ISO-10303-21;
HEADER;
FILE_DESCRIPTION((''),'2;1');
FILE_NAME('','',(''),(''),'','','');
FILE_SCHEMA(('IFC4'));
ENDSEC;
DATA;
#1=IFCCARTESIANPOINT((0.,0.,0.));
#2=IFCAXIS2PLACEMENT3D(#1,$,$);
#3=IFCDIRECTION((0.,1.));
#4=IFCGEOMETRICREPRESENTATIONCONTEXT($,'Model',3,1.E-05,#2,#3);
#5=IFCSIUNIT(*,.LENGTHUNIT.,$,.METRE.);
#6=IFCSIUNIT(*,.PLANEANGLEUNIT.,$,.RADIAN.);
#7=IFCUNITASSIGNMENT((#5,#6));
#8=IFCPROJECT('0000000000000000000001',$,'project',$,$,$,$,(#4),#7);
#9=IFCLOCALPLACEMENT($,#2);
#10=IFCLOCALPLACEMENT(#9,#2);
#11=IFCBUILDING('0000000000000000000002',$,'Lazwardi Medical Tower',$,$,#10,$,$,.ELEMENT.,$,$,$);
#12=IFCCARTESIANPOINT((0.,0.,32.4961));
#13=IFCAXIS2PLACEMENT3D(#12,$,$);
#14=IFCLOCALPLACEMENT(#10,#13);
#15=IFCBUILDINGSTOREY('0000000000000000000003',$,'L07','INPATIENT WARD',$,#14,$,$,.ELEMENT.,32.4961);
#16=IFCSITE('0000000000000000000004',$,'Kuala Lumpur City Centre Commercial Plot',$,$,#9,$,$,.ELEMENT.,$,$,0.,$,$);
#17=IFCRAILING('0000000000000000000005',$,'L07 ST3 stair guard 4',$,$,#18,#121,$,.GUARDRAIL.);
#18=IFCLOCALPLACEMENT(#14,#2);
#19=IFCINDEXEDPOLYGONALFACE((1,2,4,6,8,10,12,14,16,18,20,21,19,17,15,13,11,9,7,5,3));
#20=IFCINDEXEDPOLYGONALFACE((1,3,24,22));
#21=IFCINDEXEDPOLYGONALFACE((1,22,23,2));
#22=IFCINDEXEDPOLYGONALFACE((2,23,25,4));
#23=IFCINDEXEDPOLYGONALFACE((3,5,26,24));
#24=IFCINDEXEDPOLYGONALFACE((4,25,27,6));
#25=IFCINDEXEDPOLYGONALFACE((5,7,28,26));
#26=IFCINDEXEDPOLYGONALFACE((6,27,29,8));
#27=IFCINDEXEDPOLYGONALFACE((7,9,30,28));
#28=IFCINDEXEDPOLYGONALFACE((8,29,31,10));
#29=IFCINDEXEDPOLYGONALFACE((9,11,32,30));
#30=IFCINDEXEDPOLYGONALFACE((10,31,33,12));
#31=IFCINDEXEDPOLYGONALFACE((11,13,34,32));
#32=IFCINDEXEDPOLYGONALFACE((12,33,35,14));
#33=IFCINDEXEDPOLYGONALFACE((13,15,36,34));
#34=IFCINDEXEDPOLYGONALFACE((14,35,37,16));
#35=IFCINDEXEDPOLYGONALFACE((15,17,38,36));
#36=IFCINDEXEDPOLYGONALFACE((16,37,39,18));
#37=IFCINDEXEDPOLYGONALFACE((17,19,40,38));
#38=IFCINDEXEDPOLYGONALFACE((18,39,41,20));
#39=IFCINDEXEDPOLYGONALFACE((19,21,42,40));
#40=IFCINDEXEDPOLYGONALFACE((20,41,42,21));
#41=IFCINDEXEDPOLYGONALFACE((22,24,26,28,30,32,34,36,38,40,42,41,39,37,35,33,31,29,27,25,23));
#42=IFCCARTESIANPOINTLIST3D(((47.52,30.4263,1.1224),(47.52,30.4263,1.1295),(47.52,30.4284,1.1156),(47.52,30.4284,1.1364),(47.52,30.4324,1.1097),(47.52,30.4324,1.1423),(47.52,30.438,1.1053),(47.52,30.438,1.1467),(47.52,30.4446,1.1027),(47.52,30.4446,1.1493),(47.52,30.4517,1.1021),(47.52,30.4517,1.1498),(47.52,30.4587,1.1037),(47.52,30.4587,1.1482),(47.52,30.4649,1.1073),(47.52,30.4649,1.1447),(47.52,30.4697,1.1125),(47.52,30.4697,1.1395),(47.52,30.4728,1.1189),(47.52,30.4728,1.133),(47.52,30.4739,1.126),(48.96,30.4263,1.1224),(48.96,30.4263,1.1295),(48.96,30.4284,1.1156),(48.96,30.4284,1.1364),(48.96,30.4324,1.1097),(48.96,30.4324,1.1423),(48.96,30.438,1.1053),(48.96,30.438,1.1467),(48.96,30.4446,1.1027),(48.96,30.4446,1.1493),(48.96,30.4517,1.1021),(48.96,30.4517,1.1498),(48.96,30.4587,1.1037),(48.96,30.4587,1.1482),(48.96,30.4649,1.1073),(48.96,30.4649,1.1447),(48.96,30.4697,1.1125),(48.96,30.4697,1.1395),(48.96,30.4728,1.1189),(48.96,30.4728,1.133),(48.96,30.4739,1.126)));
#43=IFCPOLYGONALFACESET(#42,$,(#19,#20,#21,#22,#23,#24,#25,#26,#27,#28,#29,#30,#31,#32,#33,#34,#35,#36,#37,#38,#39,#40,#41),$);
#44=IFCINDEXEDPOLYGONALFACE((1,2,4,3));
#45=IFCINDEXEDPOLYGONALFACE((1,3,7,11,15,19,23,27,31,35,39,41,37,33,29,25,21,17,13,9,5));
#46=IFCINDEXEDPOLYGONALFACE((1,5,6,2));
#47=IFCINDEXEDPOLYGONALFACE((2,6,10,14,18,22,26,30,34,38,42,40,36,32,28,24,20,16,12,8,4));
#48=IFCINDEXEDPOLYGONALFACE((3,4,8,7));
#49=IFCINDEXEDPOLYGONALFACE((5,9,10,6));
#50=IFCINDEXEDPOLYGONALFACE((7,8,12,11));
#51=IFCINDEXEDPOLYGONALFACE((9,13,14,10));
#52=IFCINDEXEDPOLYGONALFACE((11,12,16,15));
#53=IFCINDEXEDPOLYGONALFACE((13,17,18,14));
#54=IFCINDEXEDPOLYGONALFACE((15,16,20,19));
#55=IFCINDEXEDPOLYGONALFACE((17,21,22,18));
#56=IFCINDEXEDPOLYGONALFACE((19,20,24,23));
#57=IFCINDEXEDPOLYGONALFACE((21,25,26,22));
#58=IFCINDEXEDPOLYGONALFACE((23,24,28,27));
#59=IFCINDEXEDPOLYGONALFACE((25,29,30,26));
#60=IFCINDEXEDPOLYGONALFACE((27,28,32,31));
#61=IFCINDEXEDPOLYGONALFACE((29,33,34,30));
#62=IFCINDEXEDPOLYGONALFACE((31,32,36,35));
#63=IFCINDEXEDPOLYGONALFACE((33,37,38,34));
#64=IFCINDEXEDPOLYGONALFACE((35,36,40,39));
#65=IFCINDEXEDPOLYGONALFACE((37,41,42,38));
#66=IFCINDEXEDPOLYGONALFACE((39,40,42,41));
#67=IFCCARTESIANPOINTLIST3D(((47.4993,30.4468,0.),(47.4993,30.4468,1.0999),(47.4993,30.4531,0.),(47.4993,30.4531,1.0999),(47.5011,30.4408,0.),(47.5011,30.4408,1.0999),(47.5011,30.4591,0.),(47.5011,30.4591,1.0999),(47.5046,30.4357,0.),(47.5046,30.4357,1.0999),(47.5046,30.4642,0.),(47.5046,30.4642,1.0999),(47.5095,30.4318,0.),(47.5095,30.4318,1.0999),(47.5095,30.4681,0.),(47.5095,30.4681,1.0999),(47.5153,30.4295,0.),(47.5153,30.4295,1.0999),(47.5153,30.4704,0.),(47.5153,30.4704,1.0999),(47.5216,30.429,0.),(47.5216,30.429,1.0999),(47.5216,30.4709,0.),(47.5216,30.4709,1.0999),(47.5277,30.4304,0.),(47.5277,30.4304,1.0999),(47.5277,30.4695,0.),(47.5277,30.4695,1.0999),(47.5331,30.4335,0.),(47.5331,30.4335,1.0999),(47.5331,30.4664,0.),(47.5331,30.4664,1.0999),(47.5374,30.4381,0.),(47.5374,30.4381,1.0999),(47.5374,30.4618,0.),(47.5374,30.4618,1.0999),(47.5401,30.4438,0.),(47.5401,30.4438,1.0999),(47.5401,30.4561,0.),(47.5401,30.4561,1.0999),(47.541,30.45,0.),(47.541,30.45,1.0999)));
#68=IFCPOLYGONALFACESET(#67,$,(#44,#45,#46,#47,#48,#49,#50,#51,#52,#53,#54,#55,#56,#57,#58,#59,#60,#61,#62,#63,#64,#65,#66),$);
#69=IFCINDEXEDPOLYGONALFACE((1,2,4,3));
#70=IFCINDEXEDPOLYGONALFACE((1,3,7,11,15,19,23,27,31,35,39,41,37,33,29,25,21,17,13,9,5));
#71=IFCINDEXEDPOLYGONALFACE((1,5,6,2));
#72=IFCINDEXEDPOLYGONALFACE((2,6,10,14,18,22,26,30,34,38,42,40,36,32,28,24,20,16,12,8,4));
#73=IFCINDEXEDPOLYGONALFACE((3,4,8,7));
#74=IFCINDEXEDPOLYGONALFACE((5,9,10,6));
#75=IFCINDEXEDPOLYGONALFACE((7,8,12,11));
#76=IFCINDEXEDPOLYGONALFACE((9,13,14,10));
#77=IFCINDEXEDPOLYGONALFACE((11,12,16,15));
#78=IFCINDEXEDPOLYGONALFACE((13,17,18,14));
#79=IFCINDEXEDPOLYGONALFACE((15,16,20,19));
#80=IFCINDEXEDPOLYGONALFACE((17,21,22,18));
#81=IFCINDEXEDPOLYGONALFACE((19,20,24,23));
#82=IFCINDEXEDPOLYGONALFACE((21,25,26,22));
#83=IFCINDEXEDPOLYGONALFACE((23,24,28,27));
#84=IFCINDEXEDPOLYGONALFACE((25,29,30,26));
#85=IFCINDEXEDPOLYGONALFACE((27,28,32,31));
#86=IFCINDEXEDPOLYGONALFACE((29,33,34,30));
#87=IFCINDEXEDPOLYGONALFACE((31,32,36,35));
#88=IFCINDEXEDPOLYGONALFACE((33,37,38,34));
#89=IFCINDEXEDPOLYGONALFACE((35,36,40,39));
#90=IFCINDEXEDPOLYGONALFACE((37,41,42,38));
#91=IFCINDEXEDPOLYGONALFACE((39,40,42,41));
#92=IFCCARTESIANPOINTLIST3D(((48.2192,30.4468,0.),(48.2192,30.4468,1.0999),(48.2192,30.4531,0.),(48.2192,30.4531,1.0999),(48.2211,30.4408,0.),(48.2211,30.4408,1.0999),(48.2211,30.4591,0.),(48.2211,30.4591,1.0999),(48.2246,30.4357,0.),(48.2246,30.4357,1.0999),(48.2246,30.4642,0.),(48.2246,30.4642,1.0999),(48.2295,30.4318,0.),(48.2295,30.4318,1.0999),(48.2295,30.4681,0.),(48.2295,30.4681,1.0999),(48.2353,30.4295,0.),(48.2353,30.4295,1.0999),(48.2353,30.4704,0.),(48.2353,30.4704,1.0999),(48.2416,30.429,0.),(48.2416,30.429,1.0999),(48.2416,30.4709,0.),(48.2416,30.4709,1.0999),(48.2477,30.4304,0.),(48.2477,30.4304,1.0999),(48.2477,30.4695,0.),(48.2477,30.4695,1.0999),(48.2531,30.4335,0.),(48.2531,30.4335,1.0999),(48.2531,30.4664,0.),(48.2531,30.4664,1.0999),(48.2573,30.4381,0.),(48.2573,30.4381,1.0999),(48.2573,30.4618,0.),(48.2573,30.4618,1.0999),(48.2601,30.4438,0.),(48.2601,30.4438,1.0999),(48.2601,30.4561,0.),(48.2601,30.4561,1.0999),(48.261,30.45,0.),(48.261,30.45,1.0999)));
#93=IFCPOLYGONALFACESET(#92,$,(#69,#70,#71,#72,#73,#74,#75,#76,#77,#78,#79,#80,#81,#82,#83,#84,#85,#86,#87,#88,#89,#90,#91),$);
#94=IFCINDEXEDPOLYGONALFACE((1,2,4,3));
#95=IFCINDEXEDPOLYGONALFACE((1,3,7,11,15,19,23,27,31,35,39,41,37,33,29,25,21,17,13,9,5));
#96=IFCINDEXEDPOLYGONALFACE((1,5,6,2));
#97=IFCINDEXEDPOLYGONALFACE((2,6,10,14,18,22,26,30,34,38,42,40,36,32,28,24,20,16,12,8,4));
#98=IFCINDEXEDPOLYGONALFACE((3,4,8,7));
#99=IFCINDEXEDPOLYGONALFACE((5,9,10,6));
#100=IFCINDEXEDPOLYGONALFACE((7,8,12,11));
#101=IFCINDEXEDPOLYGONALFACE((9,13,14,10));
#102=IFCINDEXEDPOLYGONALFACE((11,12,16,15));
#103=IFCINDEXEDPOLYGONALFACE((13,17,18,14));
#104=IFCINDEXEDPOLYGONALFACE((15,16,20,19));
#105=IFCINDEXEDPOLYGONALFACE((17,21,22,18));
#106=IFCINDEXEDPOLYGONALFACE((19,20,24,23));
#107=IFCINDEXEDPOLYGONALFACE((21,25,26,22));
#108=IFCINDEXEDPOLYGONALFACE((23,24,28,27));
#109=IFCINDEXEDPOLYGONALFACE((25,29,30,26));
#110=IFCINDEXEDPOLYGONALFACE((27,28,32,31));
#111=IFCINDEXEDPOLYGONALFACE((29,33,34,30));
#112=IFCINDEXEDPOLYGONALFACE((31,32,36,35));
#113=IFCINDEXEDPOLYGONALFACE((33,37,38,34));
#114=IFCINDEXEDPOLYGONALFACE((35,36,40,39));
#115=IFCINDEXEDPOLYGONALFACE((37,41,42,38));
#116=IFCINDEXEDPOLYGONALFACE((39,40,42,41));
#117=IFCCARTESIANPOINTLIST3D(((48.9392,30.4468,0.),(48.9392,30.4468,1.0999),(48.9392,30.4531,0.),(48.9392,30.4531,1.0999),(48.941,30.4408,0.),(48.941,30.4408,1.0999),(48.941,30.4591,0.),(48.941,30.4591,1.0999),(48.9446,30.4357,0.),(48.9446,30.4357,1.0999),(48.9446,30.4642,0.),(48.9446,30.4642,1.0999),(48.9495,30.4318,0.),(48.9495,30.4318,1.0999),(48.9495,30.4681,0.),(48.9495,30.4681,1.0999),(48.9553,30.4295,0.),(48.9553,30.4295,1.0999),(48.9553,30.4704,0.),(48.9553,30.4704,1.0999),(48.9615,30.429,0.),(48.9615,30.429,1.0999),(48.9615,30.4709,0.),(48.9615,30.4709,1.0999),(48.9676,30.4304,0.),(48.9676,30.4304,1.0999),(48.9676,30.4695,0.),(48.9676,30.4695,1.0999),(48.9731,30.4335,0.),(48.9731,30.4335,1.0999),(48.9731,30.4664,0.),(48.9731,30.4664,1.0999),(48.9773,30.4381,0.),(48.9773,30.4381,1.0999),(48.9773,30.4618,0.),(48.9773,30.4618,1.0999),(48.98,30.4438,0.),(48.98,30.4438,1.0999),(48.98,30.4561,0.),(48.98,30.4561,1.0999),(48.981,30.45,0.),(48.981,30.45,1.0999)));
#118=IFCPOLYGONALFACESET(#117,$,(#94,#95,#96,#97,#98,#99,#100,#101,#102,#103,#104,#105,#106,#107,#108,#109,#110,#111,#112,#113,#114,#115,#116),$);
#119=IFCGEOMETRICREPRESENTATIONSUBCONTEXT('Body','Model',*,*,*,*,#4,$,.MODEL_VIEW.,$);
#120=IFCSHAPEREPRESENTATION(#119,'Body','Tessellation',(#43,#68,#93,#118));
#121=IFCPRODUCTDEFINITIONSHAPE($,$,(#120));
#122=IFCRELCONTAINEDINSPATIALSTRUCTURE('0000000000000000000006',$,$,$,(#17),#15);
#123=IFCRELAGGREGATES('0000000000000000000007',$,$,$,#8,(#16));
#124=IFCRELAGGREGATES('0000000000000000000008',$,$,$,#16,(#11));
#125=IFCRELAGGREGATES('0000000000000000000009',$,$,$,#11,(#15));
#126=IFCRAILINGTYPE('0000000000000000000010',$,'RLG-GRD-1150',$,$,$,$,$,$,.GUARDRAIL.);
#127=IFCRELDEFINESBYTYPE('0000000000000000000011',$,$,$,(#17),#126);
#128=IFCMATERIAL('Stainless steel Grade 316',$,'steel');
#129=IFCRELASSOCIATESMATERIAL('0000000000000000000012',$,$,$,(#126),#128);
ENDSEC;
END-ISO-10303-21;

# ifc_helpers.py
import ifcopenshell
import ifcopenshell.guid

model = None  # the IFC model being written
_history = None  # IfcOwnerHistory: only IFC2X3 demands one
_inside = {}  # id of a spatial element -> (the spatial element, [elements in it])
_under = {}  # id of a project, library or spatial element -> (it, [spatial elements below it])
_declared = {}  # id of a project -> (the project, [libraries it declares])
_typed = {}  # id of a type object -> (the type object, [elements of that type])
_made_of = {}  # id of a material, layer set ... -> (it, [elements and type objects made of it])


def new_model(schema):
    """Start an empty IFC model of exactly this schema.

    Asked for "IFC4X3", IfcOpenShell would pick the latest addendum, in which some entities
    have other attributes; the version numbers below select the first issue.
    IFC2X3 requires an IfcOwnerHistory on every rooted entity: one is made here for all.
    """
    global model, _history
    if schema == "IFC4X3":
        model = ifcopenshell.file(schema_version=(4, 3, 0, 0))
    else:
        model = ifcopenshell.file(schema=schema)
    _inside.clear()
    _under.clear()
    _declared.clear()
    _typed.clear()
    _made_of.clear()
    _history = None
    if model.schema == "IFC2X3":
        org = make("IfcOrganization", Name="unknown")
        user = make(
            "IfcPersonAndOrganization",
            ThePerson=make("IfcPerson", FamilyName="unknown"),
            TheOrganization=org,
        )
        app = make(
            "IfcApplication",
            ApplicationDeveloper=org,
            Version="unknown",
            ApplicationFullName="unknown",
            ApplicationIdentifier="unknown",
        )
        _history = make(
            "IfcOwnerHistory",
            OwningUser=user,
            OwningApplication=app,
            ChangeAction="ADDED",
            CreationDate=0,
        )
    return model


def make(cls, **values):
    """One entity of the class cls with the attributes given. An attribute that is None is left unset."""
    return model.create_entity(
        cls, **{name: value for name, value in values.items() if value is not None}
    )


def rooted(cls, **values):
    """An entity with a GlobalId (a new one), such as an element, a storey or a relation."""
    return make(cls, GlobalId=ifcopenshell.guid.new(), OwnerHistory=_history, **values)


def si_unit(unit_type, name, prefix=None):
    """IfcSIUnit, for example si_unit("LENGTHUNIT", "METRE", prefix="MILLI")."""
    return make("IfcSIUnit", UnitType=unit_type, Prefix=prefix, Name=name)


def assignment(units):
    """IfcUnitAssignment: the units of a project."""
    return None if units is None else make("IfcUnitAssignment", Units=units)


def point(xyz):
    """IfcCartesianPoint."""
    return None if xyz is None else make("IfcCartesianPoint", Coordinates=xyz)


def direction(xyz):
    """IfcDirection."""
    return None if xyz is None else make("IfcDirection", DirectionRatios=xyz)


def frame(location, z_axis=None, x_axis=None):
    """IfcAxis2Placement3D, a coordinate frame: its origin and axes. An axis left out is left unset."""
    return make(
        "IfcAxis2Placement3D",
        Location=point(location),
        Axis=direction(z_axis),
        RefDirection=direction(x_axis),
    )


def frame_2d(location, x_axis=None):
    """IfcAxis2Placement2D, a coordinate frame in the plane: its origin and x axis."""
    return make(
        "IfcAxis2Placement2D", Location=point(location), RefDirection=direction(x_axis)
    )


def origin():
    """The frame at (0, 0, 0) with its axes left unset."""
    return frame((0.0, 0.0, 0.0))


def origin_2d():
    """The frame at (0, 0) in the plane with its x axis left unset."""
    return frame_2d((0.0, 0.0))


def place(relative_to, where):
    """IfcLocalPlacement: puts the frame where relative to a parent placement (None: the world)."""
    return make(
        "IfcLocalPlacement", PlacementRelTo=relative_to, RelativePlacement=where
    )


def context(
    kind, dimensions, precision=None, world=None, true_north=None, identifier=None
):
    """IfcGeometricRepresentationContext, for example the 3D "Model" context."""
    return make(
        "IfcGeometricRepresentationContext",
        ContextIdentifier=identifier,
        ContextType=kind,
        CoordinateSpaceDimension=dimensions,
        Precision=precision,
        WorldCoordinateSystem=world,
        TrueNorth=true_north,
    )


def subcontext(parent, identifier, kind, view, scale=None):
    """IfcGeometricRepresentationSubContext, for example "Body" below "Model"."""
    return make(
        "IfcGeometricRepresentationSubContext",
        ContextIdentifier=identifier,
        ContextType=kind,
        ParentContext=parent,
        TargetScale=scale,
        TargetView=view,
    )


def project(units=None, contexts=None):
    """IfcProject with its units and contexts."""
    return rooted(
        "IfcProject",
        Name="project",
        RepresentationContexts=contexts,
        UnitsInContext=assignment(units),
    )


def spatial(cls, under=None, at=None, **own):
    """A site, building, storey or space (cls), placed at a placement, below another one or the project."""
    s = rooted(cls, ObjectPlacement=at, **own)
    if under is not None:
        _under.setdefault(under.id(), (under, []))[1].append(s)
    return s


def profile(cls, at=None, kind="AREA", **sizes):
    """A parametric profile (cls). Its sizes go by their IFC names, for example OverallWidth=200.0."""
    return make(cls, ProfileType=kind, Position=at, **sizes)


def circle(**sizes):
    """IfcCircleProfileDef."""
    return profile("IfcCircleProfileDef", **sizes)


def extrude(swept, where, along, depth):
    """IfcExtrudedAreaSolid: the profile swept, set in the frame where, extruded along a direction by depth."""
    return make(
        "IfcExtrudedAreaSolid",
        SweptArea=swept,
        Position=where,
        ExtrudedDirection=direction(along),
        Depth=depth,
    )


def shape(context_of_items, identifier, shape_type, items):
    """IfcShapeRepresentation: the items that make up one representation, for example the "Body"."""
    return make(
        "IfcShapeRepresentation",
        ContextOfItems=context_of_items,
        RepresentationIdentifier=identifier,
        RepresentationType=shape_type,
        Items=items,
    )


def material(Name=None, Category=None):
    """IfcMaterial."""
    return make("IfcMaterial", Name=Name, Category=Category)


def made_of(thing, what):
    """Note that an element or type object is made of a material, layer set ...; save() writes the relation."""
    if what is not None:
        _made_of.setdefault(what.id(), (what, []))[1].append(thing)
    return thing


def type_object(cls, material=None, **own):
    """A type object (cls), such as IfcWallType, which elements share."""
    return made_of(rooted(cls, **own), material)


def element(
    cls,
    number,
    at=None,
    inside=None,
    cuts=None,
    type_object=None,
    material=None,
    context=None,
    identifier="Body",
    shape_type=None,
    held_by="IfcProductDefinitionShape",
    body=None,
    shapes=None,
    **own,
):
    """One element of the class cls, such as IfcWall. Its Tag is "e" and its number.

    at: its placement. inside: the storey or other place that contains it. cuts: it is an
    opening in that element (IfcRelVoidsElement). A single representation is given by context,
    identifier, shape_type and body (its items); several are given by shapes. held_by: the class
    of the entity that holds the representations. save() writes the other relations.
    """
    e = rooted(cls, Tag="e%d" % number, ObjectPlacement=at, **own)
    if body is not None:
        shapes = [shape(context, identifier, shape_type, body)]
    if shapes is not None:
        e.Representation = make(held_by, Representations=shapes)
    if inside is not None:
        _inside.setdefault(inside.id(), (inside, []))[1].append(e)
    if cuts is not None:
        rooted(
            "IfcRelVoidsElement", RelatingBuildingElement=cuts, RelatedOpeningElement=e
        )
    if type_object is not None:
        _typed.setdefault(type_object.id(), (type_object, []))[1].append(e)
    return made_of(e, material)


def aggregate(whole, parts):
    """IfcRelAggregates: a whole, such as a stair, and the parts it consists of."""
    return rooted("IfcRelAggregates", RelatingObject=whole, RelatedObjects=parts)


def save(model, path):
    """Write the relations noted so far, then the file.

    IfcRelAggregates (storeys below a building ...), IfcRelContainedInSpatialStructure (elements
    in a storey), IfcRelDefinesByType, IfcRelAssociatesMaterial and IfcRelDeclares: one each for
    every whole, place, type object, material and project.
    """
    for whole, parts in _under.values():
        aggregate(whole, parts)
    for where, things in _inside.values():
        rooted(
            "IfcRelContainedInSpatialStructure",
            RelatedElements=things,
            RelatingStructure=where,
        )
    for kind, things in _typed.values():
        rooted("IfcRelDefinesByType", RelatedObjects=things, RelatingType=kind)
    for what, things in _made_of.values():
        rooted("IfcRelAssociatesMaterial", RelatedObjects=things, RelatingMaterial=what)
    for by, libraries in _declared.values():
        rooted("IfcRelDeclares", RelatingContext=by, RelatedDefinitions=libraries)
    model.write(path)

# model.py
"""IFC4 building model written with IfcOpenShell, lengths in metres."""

from ifc_helpers import new_model, si_unit, direction, frame, origin, origin_2d, place, context, subcontext, project, spatial, circle, extrude, material, type_object, element, save


model = new_model("IFC4")

# Units and contexts
model_context = context("Model", 3, precision=1e-05, world=origin(), true_north=direction((0.0, 1.0)))
body_context = subcontext(model_context, "Body", "Model", "MODEL_VIEW")
ifc_project = project(units=[si_unit("LENGTHUNIT", "METRE"), si_unit("PLANEANGLEUNIT", "RADIAN")], contexts=[model_context])

# Site, building, storey
site_placement = place(None, origin())
site = spatial("IfcSite", under=ifc_project, at=site_placement, Name="Kuala Lumpur City Centre Commercial Plot", CompositionType="ELEMENT", RefElevation=0.0)
building_placement = place(site_placement, origin())
building = spatial("IfcBuilding", under=site, at=building_placement, Name="Lazwardi Medical Tower", CompositionType="ELEMENT")
storey_placement = place(building_placement, frame((0.0, 0.0, 32.4961)))
storey = spatial("IfcBuildingStorey", under=building, at=storey_placement, Name="L07", Description="INPATIENT WARD", CompositionType="ELEMENT", Elevation=32.4961)

# Railing
ifc_material_1 = material(Name="Stainless steel Grade 316", Category="steel")
railing_type = type_object("IfcRailingType", Name="RLG-GRD-1150", PredefinedType="GUARDRAIL", material=ifc_material_1)
railing_placement = place(storey_placement, frame((47.52, 30.45, 0.0)))
element("IfcRailing", 1, at=railing_placement, inside=storey, type_object=railing_type, Name="L07 ST3 stair guard 4", PredefinedType="GUARDRAIL", context=body_context, shape_type="SweptSolid", body=[
    extrude(circle(Radius=0.0239, at=origin_2d()), frame((0.0, 0.0, 1.126), z_axis=(1.0, 0.0, 0.0), x_axis=(0.0, 1.0, 0.0)), (0.0, 0.0, 1.0), 1.4399),
    extrude(circle(Radius=0.021, at=origin_2d()), origin(), (0.0, 0.0, 1.0), 1.0999),
    extrude(circle(Radius=0.021, at=origin_2d()), frame((0.72, 0.0, 0.0)), (0.0, 0.0, 1.0), 1.0999),
    extrude(circle(Radius=0.021, at=origin_2d()), frame((1.4399, 0.0, 0.0)), (0.0, 0.0, 1.0), 1.0999),
])

save(model, "model.ifc")
